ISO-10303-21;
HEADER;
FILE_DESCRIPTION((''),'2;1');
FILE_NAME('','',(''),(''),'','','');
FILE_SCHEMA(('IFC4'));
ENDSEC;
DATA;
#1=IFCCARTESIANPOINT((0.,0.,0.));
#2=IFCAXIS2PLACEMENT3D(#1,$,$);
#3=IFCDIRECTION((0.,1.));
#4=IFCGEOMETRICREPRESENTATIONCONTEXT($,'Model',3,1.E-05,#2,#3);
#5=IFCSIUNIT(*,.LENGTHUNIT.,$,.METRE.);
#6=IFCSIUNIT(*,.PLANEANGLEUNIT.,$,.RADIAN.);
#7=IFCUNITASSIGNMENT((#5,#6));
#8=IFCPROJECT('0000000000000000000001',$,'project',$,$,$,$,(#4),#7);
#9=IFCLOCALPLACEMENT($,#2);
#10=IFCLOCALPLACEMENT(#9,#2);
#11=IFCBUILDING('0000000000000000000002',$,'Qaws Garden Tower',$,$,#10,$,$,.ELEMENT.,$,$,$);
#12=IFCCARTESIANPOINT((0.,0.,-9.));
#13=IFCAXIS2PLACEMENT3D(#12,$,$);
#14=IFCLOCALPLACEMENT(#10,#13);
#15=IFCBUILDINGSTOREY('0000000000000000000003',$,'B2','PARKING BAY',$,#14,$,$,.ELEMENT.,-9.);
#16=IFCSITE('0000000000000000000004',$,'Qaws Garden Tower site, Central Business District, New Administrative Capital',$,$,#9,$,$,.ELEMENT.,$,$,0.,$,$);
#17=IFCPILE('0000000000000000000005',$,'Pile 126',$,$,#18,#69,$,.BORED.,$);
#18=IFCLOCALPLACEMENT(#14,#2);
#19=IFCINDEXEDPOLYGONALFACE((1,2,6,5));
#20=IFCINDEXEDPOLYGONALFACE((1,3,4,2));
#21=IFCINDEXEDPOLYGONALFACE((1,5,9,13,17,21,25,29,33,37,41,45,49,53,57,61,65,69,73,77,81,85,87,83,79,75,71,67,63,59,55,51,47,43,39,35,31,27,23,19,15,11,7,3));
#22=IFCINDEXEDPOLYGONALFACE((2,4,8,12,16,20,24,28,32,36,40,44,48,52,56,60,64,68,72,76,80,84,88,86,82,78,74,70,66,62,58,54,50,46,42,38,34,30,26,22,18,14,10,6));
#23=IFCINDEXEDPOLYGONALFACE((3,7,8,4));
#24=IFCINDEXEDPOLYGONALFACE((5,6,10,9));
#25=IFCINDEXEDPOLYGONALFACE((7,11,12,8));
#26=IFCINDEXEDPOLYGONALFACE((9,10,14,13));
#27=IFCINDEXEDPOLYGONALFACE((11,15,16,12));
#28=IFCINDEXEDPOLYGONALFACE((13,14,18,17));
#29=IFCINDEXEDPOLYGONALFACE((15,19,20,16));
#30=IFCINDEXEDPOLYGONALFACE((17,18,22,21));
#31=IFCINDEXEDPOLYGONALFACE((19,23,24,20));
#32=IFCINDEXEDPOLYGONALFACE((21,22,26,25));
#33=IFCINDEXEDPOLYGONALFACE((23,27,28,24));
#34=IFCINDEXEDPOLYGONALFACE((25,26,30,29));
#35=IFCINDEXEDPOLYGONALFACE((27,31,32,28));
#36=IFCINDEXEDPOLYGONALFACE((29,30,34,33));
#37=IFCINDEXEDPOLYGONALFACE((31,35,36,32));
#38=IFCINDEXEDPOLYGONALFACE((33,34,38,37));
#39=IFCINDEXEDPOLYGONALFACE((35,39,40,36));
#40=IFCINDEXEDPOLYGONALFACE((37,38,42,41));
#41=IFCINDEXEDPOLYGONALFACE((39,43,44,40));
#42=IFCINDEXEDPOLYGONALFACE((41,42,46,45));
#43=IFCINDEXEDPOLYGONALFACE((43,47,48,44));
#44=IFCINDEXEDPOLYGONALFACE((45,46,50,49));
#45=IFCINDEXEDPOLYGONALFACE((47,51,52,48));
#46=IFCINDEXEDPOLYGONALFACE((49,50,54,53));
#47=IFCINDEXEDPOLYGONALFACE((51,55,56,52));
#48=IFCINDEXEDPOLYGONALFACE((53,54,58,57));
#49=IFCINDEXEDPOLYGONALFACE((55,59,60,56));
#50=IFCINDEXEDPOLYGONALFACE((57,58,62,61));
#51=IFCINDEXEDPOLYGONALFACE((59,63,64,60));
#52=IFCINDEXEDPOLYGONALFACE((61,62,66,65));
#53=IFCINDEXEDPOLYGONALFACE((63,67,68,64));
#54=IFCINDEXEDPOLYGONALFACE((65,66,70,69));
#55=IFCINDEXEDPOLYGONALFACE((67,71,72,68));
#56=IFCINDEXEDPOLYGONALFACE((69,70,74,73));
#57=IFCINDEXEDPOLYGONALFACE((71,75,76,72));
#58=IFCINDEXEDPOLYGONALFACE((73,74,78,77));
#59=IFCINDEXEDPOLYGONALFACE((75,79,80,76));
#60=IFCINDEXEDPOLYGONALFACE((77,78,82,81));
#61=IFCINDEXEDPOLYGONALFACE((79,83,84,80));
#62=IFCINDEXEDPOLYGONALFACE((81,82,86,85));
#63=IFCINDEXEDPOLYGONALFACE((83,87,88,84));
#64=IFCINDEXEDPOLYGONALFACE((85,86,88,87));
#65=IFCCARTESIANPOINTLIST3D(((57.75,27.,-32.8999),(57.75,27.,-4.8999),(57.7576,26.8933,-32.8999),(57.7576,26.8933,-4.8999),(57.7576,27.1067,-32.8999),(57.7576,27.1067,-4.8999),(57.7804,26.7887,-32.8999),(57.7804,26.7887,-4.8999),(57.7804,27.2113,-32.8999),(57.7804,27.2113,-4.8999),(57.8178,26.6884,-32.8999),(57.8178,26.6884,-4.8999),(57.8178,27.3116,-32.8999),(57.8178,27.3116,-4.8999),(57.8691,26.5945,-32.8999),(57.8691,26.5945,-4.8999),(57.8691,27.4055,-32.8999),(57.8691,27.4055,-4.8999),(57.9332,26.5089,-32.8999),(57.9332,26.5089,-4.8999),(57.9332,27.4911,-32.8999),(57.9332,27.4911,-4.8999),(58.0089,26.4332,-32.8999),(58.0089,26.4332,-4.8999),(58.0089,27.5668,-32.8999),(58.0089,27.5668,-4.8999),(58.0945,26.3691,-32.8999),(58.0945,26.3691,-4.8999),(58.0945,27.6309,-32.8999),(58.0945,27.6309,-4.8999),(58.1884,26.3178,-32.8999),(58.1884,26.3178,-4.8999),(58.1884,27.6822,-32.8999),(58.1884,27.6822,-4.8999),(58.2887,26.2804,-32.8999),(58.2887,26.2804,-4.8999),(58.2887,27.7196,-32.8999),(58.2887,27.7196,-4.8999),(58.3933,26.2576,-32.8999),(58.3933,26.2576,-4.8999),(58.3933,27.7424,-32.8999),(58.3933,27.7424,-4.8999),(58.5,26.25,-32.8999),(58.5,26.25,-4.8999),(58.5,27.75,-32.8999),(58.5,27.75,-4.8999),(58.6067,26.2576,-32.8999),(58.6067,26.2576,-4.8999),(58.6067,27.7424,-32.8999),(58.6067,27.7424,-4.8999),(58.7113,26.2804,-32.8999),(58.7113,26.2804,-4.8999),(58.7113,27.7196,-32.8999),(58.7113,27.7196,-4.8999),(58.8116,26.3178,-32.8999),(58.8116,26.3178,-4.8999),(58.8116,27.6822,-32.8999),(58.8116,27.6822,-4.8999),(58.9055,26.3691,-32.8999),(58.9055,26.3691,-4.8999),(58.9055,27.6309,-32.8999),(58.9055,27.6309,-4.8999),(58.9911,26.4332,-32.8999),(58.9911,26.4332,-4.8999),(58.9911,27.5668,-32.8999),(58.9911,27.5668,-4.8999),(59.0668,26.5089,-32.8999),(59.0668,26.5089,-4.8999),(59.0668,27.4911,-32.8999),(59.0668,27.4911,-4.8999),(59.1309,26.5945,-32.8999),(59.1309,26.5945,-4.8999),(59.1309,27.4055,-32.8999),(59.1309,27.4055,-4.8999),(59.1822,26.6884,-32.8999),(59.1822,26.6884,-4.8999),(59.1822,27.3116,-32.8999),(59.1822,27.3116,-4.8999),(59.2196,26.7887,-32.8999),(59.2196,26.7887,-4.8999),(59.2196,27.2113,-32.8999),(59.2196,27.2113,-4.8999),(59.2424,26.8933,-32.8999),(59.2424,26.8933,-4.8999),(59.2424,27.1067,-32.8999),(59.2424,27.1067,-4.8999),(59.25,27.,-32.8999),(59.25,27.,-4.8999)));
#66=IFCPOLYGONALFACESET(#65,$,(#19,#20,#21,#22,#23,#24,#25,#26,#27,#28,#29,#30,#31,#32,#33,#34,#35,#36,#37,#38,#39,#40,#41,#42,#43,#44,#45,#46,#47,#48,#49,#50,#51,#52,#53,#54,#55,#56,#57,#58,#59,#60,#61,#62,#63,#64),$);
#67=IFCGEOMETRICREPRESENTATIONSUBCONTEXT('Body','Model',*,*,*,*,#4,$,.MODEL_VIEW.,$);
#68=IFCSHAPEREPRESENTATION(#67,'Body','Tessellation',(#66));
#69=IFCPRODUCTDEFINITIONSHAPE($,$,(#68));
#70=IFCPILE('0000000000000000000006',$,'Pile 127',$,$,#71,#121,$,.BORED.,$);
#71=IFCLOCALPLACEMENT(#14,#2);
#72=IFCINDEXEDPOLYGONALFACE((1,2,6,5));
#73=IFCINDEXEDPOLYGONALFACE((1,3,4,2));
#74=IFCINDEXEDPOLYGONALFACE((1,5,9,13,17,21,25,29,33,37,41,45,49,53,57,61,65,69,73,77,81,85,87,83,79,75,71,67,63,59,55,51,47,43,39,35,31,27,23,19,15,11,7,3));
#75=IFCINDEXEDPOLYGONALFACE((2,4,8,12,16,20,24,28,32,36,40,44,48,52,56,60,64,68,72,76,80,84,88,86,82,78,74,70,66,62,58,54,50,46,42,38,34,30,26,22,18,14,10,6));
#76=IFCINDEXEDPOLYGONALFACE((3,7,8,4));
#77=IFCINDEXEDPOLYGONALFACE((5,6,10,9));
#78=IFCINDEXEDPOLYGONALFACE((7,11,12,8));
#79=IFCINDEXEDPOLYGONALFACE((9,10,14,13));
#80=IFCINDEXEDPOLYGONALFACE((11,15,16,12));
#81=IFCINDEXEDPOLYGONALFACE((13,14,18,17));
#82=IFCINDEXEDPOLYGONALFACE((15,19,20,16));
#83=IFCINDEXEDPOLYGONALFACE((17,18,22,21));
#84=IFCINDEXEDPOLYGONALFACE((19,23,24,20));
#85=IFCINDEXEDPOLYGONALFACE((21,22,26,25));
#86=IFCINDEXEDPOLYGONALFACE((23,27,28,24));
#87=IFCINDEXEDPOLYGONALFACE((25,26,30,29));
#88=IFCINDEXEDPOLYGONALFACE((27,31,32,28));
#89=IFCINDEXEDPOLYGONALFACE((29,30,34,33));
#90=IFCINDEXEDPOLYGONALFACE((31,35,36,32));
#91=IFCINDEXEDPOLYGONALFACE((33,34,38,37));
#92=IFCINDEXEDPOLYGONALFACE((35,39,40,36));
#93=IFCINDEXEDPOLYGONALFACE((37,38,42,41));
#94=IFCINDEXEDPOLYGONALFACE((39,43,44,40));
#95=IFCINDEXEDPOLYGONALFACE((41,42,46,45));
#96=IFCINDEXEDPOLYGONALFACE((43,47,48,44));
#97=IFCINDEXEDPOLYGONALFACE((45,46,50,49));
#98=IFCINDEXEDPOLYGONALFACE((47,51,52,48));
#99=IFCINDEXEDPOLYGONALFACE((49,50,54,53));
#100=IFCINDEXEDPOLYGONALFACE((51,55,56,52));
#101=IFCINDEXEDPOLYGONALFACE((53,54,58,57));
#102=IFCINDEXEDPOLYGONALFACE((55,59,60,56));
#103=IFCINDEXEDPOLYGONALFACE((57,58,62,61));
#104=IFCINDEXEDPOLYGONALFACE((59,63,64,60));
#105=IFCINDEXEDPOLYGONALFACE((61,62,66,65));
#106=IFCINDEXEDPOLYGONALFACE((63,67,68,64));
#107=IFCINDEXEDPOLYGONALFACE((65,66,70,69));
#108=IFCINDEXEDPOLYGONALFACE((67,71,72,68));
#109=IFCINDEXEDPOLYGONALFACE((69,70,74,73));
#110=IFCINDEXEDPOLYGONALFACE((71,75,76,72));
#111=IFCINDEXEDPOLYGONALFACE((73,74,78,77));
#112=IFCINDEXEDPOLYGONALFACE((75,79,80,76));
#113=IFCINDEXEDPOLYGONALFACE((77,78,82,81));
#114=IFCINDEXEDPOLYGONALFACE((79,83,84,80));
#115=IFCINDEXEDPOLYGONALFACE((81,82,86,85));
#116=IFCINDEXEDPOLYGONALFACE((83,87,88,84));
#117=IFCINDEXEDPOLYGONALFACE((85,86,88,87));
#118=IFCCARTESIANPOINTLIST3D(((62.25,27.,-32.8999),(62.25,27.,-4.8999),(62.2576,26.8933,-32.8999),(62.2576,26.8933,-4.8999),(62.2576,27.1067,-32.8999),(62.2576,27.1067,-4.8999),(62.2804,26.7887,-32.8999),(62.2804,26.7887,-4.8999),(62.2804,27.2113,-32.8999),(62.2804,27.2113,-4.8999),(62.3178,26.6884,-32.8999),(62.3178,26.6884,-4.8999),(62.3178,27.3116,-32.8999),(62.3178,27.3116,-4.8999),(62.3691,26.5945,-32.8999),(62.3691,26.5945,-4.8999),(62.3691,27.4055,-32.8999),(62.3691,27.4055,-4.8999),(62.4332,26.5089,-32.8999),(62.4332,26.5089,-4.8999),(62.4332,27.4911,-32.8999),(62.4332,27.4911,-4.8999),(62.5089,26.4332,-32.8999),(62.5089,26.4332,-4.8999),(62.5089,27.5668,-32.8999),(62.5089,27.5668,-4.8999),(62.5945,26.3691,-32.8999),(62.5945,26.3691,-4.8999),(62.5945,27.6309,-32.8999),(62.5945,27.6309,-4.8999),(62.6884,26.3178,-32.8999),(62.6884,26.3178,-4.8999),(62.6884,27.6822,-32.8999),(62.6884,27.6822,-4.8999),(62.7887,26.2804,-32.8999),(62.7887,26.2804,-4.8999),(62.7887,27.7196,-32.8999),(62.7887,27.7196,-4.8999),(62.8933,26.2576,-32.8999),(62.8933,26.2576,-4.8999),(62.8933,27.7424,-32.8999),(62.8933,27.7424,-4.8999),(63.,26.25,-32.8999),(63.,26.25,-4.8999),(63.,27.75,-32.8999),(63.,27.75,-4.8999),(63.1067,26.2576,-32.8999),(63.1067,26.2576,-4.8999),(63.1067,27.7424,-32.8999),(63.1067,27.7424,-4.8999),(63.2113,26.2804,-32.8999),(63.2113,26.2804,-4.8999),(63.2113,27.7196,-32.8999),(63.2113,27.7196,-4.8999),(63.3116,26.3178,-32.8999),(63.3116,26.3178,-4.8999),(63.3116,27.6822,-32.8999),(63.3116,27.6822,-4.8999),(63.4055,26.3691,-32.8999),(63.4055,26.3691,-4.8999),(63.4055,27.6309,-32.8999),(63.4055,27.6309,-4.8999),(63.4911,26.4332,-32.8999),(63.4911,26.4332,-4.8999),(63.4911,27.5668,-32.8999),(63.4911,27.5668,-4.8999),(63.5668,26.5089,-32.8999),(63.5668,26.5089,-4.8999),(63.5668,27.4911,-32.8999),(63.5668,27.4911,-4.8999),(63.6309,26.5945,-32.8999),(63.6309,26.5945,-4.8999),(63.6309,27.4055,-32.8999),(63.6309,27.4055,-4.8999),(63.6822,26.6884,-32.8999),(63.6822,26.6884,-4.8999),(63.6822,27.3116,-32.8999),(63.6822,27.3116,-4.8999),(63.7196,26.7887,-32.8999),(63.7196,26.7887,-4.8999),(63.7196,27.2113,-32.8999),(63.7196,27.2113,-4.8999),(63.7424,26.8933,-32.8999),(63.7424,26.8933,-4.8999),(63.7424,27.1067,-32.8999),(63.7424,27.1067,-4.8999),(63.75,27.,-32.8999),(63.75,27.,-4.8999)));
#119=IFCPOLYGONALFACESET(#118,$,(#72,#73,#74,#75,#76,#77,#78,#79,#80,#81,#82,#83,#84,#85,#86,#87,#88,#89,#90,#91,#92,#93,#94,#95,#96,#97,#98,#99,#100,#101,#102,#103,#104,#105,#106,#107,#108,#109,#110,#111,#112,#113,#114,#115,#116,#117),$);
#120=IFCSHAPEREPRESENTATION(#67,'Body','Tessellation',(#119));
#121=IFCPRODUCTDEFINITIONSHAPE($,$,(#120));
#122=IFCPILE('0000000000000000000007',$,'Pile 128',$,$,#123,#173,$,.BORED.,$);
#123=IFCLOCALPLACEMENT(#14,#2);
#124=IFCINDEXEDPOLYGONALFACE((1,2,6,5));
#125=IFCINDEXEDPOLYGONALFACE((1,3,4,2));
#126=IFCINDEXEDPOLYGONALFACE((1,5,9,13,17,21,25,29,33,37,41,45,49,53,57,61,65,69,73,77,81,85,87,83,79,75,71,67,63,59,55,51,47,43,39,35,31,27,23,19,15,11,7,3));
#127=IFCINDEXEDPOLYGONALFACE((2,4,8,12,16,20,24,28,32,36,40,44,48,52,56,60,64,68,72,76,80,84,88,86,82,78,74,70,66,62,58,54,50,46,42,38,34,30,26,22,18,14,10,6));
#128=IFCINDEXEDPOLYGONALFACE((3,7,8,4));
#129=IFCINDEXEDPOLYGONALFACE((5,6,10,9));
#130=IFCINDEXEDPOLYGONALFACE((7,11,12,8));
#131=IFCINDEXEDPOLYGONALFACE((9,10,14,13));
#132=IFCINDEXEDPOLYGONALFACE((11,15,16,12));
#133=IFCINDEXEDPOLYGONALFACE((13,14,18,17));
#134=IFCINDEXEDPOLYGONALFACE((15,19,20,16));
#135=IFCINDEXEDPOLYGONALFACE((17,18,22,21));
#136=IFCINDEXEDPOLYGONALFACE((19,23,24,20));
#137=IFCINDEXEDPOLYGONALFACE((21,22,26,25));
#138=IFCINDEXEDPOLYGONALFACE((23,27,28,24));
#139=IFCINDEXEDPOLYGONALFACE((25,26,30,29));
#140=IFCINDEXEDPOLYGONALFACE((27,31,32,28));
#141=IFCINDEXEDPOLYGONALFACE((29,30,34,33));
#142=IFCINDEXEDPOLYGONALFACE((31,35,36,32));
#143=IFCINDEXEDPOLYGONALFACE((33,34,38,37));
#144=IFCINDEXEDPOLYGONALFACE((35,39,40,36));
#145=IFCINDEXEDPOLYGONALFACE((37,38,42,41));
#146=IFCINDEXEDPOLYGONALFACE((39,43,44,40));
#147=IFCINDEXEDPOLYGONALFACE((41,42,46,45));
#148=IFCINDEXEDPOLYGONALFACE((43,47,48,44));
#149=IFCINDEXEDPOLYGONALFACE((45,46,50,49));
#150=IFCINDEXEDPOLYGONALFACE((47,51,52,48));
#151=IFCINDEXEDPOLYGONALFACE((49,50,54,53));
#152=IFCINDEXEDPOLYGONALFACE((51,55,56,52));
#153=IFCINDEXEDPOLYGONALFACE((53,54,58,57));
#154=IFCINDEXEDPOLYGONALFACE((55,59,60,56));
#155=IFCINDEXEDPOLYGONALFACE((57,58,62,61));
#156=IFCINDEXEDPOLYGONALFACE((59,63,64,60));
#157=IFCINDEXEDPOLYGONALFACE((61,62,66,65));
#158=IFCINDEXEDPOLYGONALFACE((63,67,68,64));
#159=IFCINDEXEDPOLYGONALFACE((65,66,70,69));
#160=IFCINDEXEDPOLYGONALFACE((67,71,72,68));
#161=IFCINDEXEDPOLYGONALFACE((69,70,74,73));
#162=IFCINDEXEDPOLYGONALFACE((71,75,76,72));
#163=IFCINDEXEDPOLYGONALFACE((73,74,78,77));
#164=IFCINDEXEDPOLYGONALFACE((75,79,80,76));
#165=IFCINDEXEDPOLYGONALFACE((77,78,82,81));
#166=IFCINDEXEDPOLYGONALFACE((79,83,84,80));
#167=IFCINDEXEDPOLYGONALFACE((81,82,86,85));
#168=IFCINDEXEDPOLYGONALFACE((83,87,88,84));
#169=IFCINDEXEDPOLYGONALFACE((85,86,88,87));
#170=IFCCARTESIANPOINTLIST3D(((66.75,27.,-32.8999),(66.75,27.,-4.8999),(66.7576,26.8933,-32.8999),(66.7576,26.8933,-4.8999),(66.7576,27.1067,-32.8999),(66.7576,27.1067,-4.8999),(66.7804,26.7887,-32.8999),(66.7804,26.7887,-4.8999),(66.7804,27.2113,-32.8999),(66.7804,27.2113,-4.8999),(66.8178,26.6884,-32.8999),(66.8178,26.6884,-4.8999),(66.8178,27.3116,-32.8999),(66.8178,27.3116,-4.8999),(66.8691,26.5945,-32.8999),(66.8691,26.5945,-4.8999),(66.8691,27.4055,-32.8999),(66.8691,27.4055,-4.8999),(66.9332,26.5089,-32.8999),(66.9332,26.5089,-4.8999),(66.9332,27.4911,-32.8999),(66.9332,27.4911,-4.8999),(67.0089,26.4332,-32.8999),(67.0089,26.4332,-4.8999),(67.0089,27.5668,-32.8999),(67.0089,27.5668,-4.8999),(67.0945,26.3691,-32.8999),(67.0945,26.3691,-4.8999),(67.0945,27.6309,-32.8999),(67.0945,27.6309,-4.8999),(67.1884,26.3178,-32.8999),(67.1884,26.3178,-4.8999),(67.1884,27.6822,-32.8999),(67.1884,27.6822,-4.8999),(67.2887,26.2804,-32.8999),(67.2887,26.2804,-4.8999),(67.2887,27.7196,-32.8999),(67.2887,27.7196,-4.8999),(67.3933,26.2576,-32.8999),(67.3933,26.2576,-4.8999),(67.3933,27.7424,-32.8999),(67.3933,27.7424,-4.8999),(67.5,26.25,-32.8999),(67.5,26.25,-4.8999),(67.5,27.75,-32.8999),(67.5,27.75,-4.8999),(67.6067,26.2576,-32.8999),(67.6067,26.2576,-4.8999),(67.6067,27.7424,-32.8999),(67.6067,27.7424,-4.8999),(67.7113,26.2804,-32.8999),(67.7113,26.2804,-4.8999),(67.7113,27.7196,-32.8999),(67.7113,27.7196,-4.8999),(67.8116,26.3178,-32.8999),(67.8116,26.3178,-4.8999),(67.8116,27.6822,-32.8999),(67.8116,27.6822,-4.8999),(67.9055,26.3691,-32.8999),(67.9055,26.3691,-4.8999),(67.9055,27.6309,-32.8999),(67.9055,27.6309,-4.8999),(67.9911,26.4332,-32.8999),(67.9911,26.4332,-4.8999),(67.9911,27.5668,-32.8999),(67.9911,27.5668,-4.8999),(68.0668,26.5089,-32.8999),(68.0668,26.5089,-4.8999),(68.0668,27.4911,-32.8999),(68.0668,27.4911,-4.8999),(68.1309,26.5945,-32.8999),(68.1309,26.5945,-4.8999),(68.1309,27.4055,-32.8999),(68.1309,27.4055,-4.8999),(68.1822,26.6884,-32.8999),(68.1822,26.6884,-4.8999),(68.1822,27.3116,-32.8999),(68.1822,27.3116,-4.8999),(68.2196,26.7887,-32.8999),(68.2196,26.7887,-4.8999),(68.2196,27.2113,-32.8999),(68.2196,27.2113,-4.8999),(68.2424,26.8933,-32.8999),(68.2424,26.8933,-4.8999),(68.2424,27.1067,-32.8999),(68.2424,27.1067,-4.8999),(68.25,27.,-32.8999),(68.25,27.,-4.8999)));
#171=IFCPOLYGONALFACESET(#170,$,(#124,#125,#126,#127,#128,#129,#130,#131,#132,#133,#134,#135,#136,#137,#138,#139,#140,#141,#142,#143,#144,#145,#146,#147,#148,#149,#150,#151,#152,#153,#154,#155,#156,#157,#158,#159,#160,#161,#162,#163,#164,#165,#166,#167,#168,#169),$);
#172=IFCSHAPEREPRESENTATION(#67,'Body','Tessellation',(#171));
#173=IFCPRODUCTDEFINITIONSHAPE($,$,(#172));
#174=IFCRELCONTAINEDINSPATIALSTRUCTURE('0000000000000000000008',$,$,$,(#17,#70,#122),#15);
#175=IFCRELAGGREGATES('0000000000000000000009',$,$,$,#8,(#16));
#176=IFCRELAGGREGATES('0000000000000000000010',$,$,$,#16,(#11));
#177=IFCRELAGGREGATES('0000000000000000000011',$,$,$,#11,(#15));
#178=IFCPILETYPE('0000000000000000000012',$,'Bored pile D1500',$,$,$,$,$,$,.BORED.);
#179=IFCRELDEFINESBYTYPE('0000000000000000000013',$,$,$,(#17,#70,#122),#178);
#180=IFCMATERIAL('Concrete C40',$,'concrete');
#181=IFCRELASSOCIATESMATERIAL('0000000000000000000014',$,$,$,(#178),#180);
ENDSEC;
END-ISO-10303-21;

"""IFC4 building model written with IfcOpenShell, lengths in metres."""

from ifc_helpers import new_model, si_unit, direction, frame, origin, origin_2d, place, context, subcontext, project, spatial, circle, extrude, material, material_profile, profile_set, type_object, element, save


model = new_model("IFC4")

# Units and contexts
model_context = context("Model", 3, precision=1e-05, world=origin(), true_north=direction((0.0, 1.0)))
body_context = subcontext(model_context, "Body", "Model", "MODEL_VIEW")
ifc_project = project(units=[si_unit("LENGTHUNIT", "METRE"), si_unit("PLANEANGLEUNIT", "RADIAN")], contexts=[model_context])

# Site, building, storey
site_placement = place(None, origin())
site = spatial("IfcSite", under=ifc_project, at=site_placement, Name="Qaws Garden Tower site, Central Business District, New Administrative Capital", CompositionType="ELEMENT", RefElevation=0.0)
building_placement = place(site_placement, origin())
building = spatial("IfcBuilding", under=site, at=building_placement, Name="Qaws Garden Tower", CompositionType="ELEMENT")
storey_placement = place(building_placement, frame((0.0, 0.0, -9.0)))
storey = spatial("IfcBuildingStorey", under=building, at=storey_placement, Name="B2", Description="PARKING BAY", CompositionType="ELEMENT", Elevation=-9.0)

# Piles
ifc_material_1 = material(Name="Concrete C40", Category="concrete")
ifc_material_profile_1 = material_profile(ifc_material_1, circle(Radius=0.75, at=origin_2d()), Name="Bored pile D1500")
ifc_profile_set_1 = profile_set([ifc_material_profile_1], Name="Concrete C40")
pile_type = type_object("IfcPileType", Name="Bored pile D1500", PredefinedType="BORED", material=ifc_profile_set_1)
for number, where, z_axis, x_axis, name in (
    (1, (58.5, 27.0, -4.8999), (0.0, 0.0, -1.0), (1.0, 0.0, 0.0), "Pile 126"),
    (2, (63.0, 27.0, -4.8999), (0.0, 0.0, -1.0), (1.0, 0.0, 0.0), "Pile 127"),
    (3, (67.5, 27.0, -4.8999), (0.0, 0.0, -1.0), (1.0, 0.0, 0.0), "Pile 128"),
):
    element("IfcPile", number, at=place(storey_placement, frame(where, z_axis=z_axis, x_axis=x_axis)), inside=storey, type_object=pile_type, Name=name, PredefinedType="BORED", context=body_context, shape_type="SweptSolid", body=[
        extrude(circle(Radius=0.75, at=origin_2d()), origin(), (0.0, 0.0, 1.0), 28.0),
    ])

save(model, "model.ifc")
